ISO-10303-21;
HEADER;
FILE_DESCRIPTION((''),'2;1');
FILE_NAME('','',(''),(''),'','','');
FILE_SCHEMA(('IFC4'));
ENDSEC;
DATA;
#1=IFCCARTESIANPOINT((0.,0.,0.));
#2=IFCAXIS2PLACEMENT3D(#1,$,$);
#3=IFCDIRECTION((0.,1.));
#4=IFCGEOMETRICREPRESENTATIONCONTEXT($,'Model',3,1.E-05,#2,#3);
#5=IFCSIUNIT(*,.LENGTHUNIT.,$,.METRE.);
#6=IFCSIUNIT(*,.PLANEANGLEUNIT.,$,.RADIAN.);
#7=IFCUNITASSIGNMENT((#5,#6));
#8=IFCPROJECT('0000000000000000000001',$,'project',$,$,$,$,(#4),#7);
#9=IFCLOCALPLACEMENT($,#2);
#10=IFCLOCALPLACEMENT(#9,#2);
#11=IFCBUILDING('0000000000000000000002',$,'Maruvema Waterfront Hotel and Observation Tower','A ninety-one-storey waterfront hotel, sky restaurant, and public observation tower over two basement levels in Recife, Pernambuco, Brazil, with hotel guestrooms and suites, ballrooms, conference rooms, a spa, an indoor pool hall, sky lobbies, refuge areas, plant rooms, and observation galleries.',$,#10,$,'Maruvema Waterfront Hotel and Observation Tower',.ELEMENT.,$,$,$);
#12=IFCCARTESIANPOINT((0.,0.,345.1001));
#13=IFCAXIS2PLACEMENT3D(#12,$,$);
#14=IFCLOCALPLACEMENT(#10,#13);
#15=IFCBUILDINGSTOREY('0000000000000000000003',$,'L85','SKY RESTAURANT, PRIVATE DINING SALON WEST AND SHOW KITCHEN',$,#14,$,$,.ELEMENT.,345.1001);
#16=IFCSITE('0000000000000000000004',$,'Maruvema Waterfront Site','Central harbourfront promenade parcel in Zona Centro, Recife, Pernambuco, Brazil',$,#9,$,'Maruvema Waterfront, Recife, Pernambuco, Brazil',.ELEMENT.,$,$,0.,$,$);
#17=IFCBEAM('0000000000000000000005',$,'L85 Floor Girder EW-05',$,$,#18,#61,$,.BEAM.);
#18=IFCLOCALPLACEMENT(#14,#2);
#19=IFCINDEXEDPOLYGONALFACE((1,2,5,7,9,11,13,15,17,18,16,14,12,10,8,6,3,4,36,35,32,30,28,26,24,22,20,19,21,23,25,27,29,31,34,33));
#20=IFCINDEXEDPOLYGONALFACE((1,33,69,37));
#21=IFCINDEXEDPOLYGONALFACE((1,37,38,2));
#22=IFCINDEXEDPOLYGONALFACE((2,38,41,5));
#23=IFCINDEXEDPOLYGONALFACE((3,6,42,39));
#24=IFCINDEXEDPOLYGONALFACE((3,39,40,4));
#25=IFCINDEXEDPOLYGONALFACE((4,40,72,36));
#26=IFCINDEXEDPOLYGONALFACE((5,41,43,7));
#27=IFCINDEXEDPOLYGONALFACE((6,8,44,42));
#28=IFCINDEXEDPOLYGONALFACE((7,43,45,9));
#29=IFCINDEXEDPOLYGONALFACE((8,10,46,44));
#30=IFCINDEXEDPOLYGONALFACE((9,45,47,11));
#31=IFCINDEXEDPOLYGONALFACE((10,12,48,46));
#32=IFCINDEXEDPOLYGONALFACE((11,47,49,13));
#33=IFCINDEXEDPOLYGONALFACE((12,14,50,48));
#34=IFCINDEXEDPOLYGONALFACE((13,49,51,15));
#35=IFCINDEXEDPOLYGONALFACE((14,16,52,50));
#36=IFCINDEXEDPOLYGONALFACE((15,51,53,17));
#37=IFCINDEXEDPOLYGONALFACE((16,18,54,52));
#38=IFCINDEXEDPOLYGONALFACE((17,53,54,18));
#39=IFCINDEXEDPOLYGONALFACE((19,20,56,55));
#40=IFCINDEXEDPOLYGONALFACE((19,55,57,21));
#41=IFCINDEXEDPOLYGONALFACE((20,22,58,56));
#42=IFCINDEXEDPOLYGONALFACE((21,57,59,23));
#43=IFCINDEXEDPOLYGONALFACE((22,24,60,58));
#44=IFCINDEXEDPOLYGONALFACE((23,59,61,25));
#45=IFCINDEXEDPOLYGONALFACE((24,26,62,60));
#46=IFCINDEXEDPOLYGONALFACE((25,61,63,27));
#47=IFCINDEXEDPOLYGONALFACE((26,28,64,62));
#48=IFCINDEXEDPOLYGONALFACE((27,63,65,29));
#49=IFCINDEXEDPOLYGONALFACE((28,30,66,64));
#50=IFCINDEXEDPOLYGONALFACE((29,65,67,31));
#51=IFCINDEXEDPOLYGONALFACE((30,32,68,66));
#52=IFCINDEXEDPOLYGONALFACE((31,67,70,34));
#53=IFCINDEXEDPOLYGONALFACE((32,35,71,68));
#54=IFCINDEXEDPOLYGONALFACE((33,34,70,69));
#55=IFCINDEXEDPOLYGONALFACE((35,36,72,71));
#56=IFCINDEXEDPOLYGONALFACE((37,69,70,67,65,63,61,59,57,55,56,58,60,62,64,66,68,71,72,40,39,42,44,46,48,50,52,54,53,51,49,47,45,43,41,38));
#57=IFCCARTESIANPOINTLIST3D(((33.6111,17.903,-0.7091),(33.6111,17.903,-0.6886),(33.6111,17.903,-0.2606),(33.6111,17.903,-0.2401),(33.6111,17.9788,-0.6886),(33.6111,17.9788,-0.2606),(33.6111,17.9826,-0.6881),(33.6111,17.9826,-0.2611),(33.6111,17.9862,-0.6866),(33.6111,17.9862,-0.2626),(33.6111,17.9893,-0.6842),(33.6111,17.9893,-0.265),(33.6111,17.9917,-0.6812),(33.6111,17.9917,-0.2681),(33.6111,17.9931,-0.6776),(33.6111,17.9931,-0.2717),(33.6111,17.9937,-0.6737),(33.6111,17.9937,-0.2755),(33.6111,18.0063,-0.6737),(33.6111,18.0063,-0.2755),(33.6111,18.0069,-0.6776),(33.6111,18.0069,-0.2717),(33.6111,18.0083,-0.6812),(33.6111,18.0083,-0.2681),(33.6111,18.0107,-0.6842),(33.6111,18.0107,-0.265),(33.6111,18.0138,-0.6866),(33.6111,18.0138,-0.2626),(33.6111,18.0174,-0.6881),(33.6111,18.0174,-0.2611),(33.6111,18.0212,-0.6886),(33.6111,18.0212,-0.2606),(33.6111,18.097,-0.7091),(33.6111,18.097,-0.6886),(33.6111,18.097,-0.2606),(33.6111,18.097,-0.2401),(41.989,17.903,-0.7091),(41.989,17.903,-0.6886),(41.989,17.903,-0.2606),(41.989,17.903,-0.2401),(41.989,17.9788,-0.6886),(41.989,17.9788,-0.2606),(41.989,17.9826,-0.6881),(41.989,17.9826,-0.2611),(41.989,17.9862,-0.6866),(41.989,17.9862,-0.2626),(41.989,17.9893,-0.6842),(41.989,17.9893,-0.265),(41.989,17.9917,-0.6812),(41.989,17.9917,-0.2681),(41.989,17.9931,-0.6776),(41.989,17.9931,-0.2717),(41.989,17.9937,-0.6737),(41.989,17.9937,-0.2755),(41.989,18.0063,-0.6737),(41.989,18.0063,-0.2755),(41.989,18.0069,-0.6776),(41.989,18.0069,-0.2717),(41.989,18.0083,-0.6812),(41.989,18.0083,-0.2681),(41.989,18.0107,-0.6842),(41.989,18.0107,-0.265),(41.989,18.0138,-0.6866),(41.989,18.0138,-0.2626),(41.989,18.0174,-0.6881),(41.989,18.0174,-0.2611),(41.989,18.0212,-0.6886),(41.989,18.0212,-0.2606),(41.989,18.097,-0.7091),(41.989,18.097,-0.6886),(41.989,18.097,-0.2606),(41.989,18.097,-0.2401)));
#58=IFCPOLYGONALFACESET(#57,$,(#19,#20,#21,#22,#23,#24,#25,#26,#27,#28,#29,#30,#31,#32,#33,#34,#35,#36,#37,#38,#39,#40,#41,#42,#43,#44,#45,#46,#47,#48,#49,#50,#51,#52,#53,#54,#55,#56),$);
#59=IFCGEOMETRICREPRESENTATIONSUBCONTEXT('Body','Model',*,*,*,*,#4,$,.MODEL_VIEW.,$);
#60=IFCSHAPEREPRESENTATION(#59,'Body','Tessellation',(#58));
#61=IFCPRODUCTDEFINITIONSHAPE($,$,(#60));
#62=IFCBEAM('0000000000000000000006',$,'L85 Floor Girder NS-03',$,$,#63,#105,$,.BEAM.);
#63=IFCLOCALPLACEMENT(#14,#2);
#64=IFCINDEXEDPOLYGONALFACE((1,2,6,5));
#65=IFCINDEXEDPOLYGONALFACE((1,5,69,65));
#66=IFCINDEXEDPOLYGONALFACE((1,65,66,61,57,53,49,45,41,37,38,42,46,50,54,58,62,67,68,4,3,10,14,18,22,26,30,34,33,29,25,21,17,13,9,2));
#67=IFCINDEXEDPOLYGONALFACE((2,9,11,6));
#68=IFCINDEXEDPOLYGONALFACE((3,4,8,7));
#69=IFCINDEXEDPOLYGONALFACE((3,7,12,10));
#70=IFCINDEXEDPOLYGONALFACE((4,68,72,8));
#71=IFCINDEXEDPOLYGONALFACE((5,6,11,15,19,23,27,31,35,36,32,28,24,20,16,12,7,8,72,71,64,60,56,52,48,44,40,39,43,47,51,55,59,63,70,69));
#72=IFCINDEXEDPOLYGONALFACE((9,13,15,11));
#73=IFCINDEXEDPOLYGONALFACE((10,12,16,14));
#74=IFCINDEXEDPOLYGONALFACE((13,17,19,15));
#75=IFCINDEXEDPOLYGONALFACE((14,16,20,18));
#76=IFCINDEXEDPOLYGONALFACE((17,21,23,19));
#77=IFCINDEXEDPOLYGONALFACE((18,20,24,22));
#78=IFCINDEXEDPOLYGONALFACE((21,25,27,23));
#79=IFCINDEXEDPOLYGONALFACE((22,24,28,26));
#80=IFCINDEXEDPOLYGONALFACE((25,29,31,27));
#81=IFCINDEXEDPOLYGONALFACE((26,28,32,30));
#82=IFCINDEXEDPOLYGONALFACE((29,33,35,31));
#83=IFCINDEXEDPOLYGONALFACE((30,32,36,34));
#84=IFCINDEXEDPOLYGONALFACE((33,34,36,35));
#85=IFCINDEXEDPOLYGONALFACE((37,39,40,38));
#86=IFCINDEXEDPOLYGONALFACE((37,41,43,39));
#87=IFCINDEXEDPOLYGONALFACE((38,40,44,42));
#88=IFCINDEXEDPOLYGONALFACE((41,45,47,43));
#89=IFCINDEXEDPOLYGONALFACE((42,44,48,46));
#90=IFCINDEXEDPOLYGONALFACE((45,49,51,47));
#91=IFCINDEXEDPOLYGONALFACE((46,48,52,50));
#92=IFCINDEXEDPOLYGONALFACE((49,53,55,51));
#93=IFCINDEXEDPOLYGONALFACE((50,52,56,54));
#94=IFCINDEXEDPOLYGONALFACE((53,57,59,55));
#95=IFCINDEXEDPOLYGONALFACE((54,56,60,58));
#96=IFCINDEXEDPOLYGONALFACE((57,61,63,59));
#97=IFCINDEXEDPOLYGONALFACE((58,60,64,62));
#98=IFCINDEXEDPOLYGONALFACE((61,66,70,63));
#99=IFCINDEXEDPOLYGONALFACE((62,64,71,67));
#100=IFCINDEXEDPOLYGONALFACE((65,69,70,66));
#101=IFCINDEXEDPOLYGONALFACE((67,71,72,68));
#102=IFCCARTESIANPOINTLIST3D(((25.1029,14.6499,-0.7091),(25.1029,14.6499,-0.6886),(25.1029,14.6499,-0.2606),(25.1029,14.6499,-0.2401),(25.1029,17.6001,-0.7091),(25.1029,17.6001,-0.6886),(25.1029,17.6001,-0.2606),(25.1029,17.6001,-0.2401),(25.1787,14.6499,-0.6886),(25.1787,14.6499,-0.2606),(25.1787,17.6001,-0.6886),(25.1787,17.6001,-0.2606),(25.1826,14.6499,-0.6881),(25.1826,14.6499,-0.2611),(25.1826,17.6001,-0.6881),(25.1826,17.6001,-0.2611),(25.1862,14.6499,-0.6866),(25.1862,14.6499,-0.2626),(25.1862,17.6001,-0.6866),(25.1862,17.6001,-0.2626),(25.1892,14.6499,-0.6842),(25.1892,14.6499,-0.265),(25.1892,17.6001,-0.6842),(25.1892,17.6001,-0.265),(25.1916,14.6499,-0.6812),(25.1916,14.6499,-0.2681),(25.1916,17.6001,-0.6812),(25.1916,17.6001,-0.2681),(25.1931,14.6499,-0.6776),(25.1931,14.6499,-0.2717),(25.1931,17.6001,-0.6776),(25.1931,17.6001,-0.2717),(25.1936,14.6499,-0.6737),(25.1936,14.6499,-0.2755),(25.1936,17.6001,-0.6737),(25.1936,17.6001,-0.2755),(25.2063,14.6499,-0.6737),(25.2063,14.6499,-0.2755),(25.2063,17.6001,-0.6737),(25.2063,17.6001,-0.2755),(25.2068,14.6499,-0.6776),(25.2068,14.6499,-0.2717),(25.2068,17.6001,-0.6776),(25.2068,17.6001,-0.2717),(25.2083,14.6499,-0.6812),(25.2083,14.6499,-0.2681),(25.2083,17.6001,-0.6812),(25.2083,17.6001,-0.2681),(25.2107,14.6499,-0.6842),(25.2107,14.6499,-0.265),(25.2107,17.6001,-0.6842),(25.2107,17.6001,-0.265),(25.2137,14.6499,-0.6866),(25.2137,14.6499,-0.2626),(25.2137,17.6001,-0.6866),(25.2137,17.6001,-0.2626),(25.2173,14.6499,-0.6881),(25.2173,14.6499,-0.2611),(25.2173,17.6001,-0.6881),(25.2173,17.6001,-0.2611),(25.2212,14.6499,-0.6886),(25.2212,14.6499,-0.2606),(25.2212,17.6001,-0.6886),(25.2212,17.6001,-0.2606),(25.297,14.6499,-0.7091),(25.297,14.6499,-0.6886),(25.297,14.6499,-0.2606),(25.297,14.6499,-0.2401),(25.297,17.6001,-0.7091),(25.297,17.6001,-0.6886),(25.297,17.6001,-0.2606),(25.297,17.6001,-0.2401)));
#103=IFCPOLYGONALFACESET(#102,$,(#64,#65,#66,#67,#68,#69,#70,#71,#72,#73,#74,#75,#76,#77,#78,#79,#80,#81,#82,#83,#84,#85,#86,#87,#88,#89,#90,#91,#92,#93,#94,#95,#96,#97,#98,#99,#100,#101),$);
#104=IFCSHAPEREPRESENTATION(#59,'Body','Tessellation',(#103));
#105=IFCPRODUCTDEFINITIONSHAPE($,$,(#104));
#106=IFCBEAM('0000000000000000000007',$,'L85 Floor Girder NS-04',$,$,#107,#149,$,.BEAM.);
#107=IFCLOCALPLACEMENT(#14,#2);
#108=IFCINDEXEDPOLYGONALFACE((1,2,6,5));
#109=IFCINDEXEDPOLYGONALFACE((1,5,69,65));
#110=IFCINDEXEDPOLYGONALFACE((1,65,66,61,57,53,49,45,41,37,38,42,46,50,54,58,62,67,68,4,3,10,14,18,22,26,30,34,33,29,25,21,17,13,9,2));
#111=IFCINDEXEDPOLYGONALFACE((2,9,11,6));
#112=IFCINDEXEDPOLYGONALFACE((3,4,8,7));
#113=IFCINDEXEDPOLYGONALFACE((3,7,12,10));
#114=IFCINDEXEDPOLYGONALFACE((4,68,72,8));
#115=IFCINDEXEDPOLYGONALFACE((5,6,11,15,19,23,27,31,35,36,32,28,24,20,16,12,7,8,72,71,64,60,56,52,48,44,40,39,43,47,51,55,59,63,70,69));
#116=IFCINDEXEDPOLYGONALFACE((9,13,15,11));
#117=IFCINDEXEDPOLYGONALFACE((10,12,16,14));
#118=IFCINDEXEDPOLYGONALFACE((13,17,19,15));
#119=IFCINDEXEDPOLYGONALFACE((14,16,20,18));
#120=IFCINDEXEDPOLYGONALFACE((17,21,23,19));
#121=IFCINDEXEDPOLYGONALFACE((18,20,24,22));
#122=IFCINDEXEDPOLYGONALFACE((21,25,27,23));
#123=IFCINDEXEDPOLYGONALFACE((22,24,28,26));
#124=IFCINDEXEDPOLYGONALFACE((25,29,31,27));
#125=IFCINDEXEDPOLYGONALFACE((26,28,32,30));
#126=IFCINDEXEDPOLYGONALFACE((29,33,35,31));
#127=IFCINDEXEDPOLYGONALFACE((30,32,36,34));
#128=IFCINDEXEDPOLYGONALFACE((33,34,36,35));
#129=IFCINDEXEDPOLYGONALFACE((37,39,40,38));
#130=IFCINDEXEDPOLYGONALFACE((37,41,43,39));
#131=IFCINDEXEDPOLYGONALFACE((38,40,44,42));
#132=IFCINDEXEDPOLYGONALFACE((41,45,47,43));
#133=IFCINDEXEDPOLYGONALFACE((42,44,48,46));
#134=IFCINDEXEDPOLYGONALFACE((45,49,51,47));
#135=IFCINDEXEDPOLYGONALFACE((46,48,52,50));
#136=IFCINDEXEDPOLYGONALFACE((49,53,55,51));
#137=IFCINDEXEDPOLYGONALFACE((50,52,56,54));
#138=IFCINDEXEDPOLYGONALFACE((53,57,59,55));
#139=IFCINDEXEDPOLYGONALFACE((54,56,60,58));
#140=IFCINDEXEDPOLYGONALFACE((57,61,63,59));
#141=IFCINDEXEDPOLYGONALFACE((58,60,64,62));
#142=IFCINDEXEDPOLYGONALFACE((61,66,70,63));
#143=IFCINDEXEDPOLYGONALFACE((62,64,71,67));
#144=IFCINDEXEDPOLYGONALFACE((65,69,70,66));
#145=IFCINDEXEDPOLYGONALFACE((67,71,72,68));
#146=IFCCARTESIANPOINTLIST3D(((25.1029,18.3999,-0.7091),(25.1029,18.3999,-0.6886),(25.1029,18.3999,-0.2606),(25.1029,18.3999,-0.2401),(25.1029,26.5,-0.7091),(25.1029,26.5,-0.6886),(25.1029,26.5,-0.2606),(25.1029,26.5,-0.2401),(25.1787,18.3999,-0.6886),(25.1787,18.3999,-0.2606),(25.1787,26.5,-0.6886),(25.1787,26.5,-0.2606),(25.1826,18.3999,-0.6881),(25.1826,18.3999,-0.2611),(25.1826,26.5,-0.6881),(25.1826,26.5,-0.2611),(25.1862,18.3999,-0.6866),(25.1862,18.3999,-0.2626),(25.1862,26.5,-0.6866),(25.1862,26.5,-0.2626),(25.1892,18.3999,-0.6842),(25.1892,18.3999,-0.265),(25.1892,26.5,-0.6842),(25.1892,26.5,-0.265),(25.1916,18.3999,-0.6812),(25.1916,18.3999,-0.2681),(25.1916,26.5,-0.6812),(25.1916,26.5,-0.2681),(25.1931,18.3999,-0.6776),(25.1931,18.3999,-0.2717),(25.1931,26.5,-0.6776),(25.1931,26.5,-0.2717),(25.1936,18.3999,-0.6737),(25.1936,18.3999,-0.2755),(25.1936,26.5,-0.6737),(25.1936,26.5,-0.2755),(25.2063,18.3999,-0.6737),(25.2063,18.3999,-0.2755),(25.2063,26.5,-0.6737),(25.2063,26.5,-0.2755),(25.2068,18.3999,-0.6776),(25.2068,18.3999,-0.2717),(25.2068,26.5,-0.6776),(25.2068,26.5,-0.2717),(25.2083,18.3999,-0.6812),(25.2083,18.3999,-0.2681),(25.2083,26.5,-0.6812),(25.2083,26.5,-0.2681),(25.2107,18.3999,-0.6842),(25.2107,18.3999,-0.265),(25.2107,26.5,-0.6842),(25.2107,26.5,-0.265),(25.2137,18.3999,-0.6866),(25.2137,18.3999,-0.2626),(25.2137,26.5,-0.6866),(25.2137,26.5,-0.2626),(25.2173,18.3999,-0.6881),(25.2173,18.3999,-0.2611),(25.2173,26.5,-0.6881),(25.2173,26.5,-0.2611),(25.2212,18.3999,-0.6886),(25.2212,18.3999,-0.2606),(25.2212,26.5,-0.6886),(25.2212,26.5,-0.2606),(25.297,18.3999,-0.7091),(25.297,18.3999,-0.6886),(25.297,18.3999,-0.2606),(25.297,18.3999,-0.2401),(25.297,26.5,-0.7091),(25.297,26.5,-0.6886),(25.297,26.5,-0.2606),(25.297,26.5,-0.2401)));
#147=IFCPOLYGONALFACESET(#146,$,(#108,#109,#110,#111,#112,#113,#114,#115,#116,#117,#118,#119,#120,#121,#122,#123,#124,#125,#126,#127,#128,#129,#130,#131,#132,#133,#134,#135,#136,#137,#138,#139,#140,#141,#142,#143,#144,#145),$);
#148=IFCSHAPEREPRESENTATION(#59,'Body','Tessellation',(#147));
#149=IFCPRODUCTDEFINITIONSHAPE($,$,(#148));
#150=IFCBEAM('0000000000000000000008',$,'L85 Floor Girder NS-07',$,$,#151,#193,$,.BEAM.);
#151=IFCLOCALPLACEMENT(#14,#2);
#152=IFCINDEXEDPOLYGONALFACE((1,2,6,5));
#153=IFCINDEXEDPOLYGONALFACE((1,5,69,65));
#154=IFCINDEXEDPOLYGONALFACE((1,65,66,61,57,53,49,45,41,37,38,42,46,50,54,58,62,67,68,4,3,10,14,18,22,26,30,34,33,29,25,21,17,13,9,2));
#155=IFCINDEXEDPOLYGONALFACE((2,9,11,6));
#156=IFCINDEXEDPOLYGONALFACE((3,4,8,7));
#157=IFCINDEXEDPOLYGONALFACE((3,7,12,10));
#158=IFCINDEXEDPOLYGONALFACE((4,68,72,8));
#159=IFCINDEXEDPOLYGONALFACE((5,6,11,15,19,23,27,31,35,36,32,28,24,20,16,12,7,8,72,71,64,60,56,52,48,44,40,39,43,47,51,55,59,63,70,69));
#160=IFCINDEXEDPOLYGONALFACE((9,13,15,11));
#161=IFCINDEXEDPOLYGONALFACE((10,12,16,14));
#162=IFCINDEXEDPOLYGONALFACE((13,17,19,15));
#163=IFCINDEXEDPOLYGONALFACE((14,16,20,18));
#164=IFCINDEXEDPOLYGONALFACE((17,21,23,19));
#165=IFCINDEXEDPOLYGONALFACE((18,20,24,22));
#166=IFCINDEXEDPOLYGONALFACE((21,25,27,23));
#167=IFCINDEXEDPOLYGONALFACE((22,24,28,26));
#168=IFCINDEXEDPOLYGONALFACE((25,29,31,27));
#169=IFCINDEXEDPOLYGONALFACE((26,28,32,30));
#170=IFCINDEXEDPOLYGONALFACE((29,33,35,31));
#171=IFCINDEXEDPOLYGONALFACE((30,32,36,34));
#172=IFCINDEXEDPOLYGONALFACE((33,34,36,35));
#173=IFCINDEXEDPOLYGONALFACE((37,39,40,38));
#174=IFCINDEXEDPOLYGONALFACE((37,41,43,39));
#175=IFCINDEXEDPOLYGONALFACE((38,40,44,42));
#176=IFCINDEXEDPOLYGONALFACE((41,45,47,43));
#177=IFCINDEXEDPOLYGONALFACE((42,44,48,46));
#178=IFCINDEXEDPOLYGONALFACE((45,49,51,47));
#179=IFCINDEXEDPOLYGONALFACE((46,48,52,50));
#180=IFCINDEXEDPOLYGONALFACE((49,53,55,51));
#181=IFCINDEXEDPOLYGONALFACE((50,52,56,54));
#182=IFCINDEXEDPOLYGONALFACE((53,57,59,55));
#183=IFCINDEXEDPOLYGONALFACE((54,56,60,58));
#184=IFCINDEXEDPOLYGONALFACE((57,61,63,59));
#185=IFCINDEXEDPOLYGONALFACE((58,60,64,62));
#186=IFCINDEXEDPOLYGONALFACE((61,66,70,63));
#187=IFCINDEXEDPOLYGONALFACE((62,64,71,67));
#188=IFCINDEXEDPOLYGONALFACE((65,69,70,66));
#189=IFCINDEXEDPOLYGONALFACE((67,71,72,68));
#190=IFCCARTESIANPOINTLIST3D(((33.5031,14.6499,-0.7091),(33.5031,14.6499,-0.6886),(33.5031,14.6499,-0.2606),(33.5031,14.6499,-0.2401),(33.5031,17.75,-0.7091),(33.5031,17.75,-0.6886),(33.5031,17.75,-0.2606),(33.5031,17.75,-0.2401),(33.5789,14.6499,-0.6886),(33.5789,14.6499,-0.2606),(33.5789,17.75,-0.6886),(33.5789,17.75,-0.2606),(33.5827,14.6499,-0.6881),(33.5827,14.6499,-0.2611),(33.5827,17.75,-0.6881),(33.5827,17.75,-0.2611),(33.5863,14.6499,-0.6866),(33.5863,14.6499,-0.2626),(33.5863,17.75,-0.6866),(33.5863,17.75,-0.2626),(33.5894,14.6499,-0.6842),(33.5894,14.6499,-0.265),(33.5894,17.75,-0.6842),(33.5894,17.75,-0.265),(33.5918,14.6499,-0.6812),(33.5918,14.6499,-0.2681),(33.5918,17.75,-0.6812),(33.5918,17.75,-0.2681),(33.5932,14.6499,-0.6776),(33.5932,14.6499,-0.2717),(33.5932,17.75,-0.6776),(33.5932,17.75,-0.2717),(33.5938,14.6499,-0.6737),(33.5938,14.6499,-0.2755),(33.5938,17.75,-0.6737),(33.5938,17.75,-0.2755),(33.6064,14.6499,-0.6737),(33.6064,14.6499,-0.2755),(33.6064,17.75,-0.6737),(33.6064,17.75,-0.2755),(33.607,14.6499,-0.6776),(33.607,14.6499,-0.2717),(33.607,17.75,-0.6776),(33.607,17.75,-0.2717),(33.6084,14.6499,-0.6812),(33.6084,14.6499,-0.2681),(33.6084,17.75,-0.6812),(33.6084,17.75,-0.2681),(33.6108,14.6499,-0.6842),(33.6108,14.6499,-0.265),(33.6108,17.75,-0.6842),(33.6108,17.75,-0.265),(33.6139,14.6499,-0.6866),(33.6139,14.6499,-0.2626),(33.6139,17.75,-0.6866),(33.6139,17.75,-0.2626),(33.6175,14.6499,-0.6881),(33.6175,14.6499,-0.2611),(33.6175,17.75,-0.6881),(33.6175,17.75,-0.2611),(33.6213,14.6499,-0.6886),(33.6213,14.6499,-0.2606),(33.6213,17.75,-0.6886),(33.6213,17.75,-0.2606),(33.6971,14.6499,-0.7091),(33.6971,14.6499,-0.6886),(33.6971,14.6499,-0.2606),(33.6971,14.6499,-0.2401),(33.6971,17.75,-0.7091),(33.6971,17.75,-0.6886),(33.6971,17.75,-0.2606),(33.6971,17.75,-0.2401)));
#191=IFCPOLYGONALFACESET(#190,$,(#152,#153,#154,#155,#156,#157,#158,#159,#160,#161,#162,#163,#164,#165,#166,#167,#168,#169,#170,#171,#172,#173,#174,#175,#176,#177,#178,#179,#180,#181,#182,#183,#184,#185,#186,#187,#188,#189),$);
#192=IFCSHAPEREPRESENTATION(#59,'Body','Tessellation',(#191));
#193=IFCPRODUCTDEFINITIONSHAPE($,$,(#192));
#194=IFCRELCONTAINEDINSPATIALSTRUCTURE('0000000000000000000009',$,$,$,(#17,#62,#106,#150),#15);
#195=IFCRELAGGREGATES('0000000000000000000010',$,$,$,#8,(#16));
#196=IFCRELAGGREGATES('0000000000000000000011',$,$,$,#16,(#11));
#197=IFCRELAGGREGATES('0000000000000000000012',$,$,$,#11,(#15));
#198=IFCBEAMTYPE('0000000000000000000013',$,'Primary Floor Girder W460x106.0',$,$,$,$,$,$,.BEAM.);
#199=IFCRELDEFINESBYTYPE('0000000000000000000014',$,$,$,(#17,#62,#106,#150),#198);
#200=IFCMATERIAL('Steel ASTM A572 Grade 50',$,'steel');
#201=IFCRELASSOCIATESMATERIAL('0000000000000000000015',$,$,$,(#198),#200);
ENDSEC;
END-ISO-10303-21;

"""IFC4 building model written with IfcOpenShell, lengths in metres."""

from ifc_helpers import new_model, si_unit, direction, frame, origin, origin_2d, place, context, subcontext, project, spatial, i_section, extrude, material, material_profile, profile_set, type_object, element, save


model = new_model("IFC4")

# Units and contexts
model_context = context("Model", 3, precision=1e-05, world=origin(), true_north=direction((0.0, 1.0)))
body_context = subcontext(model_context, "Body", "Model", "MODEL_VIEW")
ifc_project = project(units=[si_unit("LENGTHUNIT", "METRE"), si_unit("PLANEANGLEUNIT", "RADIAN")], contexts=[model_context])

# Site, building, storey
site_placement = place(None, origin())
site = spatial("IfcSite", under=ifc_project, at=site_placement, Name="Maruvema Waterfront Site", Description="Central harbourfront promenade parcel in Zona Centro, Recife, Pernambuco, Brazil", LongName="Maruvema Waterfront, Recife, Pernambuco, Brazil", CompositionType="ELEMENT", RefElevation=0.0)
building_placement = place(site_placement, origin())
building = spatial("IfcBuilding", under=site, at=building_placement, Name="Maruvema Waterfront Hotel and Observation Tower", Description="A ninety-one-storey waterfront hotel, sky restaurant, and public observation tower over two basement levels in Recife, Pernambuco, Brazil, with hotel guestrooms and suites, ballrooms, conference rooms, a spa, an indoor pool hall, sky lobbies, refuge areas, plant rooms, and observation galleries.", LongName="Maruvema Waterfront Hotel and Observation Tower", CompositionType="ELEMENT")
storey_placement = place(building_placement, frame((0.0, 0.0, 345.1001)))
storey = spatial("IfcBuildingStorey", under=building, at=storey_placement, Name="L85", Description="SKY RESTAURANT, PRIVATE DINING SALON WEST AND SHOW KITCHEN", CompositionType="ELEMENT", Elevation=345.1001)

# Beams
ifc_material_1 = material(Name="Steel ASTM A572 Grade 50", Category="steel")
ifc_material_profile_1 = material_profile(ifc_material_1, i_section(OverallWidth=0.1941, OverallDepth=0.469, WebThickness=0.0127, FlangeThickness=0.0205, FilletRadius=0.0149, at=origin_2d()), Name="W460x106.0")
ifc_profile_set_1 = profile_set([ifc_material_profile_1], Name="Steel ASTM A572 Grade 50")
beam_type_1 = type_object("IfcBeamType", Name="Primary Floor Girder W460x106.0", PredefinedType="BEAM", material=ifc_profile_set_1)
beam_1_placement = place(storey_placement, frame((33.6111, 18.0, -0.4746), z_axis=(1.0, 0.0, 0.0), x_axis=(0.0, 1.0, 0.0)))
element("IfcBeam", 1, at=beam_1_placement, inside=storey, type_object=beam_type_1, Name="L85 Floor Girder EW-05", PredefinedType="BEAM", context=body_context, shape_type="SweptSolid", body=[
    extrude(i_section(OverallWidth=0.1941, OverallDepth=0.469, WebThickness=0.0127, FlangeThickness=0.0205, FilletRadius=0.0149, at=origin_2d()), origin(), (0.0, 0.0, 1.0), 8.3779),
])
beam_2_placement = place(storey_placement, frame((25.2, 14.6499, -0.4746), z_axis=(0.0, 1.0, 0.0), x_axis=(-1.0, 0.0, 0.0)))
element("IfcBeam", 2, at=beam_2_placement, inside=storey, type_object=beam_type_1, Name="L85 Floor Girder NS-03", PredefinedType="BEAM", context=body_context, shape_type="SweptSolid", body=[
    extrude(i_section(OverallWidth=0.1941, OverallDepth=0.469, WebThickness=0.0127, FlangeThickness=0.0205, FilletRadius=0.0149, at=origin_2d()), origin(), (0.0, 0.0, 1.0), 2.9502),
])
beam_3_placement = place(storey_placement, frame((25.2, 18.3999, -0.4746), z_axis=(0.0, 1.0, 0.0), x_axis=(-1.0, 0.0, 0.0)))
element("IfcBeam", 3, at=beam_3_placement, inside=storey, type_object=beam_type_1, Name="L85 Floor Girder NS-04", PredefinedType="BEAM", context=body_context, shape_type="SweptSolid", body=[
    extrude(i_section(OverallWidth=0.1941, OverallDepth=0.469, WebThickness=0.0127, FlangeThickness=0.0205, FilletRadius=0.0149, at=origin_2d()), origin(), (0.0, 0.0, 1.0), 8.1001),
])
beam_4_placement = place(storey_placement, frame((33.6001, 14.6499, -0.4746), z_axis=(0.0, 1.0, 0.0), x_axis=(-1.0, 0.0, 0.0)))
element("IfcBeam", 4, at=beam_4_placement, inside=storey, type_object=beam_type_1, Name="L85 Floor Girder NS-07", PredefinedType="BEAM", context=body_context, shape_type="SweptSolid", body=[
    extrude(i_section(OverallWidth=0.1941, OverallDepth=0.469, WebThickness=0.0127, FlangeThickness=0.0205, FilletRadius=0.0149, at=origin_2d()), origin(), (0.0, 0.0, 1.0), 3.1001),
])

save(model, "model.ifc")
